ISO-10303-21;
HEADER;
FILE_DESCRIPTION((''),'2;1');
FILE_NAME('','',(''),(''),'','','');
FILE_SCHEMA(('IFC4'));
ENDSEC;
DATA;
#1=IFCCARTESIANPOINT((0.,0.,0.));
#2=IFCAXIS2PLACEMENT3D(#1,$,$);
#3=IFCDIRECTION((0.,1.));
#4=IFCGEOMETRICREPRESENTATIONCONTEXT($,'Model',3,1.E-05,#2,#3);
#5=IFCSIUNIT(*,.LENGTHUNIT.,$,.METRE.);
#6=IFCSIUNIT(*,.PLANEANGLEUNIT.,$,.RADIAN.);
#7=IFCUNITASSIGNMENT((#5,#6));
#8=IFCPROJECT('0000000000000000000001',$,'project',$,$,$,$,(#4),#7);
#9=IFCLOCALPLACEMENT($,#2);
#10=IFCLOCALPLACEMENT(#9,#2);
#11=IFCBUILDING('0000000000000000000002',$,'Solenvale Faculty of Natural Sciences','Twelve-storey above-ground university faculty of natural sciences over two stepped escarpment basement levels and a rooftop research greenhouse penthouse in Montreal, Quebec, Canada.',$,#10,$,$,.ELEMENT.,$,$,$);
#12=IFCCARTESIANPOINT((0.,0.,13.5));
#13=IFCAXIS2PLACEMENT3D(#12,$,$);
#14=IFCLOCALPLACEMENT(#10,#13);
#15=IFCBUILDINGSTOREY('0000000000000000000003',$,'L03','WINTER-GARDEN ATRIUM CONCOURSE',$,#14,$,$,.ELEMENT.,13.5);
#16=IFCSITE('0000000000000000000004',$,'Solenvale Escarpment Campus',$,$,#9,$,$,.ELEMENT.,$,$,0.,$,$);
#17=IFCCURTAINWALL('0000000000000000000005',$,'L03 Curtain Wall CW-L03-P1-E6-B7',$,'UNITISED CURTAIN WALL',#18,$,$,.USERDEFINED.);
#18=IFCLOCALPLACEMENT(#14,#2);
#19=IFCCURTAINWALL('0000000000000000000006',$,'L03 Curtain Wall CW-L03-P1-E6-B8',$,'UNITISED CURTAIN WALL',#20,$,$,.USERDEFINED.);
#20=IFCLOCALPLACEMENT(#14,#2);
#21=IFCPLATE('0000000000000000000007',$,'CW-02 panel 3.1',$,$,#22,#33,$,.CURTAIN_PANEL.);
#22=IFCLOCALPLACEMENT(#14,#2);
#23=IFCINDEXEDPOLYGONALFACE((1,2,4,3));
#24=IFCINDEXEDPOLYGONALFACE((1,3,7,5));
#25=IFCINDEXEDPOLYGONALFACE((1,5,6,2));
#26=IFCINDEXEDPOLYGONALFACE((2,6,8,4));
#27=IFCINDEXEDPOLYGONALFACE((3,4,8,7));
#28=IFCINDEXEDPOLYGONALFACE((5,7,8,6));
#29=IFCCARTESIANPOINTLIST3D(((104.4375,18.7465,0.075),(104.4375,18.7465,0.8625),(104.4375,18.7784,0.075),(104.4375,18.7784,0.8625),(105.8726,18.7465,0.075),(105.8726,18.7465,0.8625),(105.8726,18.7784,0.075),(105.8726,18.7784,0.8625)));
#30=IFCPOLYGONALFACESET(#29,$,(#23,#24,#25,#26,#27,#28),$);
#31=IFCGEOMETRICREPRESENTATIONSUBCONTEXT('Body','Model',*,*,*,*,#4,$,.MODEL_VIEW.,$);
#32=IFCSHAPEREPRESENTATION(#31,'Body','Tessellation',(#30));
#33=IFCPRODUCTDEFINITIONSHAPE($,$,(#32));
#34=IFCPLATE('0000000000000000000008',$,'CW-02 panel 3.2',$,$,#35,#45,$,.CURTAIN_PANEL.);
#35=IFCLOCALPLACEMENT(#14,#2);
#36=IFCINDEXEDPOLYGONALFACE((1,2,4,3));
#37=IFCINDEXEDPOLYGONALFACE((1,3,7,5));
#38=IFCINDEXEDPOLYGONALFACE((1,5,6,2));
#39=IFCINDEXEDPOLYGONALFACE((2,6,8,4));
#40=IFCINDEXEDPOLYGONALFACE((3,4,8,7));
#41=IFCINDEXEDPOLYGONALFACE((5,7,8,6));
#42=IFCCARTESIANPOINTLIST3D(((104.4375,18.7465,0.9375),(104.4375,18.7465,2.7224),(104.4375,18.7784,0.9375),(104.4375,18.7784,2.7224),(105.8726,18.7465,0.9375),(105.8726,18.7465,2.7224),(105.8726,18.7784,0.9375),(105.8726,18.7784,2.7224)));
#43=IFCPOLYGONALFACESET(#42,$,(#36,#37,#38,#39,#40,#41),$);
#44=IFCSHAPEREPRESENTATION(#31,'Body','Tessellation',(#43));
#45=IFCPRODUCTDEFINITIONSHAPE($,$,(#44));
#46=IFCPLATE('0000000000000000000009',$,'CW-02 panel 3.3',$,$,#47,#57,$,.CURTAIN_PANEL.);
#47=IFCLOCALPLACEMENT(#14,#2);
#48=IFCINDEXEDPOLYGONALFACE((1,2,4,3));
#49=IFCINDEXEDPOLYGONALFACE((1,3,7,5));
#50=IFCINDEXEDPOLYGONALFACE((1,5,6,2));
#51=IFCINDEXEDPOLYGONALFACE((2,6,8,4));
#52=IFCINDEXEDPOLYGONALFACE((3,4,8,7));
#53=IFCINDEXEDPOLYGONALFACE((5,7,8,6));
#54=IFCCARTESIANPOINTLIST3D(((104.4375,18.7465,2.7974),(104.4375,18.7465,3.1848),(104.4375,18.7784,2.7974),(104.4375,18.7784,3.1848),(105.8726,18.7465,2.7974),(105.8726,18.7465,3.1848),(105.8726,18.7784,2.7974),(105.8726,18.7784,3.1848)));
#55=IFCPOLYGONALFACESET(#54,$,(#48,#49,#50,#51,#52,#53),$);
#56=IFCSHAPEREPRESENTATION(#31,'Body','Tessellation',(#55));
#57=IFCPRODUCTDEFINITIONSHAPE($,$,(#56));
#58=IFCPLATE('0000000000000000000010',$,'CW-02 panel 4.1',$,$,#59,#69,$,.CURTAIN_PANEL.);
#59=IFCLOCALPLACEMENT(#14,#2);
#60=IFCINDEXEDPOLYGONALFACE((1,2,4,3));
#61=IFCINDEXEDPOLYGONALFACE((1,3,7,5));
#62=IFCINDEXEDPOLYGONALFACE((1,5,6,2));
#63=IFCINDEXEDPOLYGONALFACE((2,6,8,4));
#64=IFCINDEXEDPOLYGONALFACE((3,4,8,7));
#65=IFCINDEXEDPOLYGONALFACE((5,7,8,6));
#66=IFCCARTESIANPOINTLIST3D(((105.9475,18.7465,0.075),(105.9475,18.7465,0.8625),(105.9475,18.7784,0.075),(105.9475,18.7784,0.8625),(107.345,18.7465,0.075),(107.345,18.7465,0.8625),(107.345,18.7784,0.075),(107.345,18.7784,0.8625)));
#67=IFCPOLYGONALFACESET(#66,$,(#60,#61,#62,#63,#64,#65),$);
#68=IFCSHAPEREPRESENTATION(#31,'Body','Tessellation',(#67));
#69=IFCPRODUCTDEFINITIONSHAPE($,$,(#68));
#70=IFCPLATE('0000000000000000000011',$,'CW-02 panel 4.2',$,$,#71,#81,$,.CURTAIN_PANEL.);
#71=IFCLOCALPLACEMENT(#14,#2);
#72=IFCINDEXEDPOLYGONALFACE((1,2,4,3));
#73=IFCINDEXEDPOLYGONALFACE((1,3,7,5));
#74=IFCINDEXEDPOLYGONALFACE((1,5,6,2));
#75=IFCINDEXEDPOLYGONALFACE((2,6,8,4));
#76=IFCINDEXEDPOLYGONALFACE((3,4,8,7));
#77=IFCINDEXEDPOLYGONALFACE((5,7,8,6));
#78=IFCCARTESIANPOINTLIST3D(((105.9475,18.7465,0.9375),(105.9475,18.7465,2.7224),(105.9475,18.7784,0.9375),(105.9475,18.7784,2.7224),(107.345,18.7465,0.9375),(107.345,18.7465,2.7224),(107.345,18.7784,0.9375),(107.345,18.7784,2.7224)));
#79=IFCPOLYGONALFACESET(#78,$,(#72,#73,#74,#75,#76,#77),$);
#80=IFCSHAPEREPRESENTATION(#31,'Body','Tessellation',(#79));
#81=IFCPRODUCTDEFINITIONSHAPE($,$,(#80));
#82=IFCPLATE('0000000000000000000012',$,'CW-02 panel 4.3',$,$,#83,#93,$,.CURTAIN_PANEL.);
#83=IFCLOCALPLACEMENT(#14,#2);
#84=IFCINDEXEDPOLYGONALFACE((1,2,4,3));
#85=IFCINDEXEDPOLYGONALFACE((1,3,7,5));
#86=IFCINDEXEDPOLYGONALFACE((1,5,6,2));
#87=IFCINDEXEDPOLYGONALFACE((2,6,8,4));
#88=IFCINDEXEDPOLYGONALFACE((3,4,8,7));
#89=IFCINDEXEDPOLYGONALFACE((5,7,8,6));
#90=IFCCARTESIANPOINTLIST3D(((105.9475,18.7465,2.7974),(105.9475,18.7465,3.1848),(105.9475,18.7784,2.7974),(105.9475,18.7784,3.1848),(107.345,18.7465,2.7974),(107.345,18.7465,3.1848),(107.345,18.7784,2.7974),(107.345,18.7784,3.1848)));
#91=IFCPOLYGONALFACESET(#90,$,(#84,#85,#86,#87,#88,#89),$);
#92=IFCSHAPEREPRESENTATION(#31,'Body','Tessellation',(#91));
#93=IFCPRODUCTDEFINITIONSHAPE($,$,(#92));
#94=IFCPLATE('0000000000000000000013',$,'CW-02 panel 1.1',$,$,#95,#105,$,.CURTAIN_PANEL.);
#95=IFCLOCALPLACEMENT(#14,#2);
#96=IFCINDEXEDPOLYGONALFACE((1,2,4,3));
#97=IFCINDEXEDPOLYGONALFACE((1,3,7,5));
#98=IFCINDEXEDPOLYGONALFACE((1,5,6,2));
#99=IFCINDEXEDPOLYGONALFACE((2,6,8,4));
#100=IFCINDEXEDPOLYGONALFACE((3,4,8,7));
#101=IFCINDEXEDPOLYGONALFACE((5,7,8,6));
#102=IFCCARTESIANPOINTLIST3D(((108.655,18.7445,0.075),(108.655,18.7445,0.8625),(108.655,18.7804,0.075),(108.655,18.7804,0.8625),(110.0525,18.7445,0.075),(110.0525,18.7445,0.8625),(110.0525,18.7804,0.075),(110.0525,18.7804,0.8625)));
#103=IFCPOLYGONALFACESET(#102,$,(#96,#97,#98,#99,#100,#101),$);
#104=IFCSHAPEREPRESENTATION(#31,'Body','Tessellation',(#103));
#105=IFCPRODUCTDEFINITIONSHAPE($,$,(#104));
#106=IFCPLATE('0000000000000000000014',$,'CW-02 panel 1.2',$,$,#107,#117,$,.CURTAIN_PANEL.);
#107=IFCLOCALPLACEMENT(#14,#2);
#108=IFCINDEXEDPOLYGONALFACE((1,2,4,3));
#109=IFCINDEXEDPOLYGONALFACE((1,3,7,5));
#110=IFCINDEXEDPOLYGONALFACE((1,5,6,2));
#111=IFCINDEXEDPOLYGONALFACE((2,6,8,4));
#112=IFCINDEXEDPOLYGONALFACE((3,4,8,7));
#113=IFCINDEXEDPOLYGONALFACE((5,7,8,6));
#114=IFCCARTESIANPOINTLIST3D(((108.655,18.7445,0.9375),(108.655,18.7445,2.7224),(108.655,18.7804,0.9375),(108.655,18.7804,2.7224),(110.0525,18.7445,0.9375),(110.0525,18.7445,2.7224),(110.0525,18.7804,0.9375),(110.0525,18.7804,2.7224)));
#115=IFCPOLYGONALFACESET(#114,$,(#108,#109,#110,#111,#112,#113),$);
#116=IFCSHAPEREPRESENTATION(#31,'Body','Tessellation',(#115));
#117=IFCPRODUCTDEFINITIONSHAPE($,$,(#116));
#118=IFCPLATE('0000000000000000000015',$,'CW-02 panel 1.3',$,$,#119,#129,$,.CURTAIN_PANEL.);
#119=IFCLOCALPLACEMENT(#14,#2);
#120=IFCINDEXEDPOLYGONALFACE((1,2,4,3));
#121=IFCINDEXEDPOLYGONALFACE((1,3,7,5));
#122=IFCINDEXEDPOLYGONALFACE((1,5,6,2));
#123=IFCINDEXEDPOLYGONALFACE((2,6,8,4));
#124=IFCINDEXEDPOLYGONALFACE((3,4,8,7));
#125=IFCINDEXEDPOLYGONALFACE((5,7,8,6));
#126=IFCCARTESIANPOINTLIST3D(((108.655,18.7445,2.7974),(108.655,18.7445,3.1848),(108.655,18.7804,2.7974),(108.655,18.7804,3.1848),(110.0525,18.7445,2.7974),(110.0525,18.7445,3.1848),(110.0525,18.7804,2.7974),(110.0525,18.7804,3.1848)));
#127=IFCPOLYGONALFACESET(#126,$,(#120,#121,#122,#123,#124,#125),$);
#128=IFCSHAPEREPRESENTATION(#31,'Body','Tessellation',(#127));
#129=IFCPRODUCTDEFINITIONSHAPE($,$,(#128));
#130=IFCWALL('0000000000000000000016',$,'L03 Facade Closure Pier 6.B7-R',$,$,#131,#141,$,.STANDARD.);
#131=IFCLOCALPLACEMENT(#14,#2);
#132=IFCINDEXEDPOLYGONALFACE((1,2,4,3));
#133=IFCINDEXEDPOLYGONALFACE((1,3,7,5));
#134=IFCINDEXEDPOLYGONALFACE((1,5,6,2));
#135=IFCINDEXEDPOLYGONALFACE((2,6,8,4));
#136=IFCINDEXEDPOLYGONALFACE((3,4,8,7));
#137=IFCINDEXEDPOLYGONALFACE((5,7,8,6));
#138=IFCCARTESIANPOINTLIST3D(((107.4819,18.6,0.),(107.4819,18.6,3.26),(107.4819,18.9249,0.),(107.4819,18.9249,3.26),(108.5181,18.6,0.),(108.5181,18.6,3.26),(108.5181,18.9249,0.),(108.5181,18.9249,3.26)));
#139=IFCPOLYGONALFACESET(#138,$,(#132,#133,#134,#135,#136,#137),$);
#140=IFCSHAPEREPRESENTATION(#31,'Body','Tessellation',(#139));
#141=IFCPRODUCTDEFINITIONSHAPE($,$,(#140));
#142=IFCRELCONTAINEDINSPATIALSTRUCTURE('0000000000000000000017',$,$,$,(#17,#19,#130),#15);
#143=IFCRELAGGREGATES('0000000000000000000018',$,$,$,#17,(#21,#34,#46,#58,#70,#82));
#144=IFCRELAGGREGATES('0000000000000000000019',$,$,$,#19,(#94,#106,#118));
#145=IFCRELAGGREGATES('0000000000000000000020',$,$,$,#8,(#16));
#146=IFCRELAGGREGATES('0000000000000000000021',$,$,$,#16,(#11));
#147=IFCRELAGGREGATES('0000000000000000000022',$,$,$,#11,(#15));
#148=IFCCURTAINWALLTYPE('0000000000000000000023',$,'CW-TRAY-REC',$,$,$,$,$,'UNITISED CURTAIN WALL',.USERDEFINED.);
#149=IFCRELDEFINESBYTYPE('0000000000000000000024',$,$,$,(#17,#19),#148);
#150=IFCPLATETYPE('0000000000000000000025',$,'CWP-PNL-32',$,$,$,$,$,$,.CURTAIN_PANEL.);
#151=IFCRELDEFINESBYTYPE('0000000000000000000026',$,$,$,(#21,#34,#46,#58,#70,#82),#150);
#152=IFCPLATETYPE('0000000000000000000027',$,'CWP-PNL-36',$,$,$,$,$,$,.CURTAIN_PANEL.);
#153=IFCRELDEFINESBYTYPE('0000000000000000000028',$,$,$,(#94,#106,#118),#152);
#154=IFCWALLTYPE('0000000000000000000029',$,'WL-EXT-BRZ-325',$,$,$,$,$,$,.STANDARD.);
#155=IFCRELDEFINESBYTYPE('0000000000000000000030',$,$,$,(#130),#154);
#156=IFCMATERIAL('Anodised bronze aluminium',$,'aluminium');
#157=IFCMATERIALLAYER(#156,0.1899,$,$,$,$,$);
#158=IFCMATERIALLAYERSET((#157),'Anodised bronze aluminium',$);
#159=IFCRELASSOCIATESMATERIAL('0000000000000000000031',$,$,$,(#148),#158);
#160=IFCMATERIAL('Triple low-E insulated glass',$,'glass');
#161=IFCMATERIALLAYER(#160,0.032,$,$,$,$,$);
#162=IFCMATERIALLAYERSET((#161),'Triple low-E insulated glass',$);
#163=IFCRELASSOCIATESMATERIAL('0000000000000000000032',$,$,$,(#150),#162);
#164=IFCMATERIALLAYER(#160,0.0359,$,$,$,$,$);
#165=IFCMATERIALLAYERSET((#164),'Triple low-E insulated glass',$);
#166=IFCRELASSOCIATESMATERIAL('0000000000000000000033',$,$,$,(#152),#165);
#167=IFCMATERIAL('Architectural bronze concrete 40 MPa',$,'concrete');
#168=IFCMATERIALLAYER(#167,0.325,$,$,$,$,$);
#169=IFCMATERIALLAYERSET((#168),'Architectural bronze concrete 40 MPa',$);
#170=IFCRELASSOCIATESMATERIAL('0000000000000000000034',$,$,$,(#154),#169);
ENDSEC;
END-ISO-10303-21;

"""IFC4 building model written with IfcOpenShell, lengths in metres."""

from ifc_helpers import new_model, si_unit, direction, frame, frame_2d, origin, origin_2d, place, context, subcontext, project, spatial, rectangle, extrude, material, layer, layer_set, type_object, element, aggregate, save


model = new_model("IFC4")

# Units and contexts
model_context = context("Model", 3, precision=1e-05, world=origin(), true_north=direction((0.0, 1.0)))
body_context = subcontext(model_context, "Body", "Model", "MODEL_VIEW")
ifc_project = project(units=[si_unit("LENGTHUNIT", "METRE"), si_unit("PLANEANGLEUNIT", "RADIAN")], contexts=[model_context])

# Site, building, storey
site_placement = place(None, origin())
site = spatial("IfcSite", under=ifc_project, at=site_placement, Name="Solenvale Escarpment Campus", CompositionType="ELEMENT", RefElevation=0.0)
building_placement = place(site_placement, origin())
building = spatial("IfcBuilding", under=site, at=building_placement, Name="Solenvale Faculty of Natural Sciences", Description="Twelve-storey above-ground university faculty of natural sciences over two stepped escarpment basement levels and a rooftop research greenhouse penthouse in Montreal, Quebec, Canada.", CompositionType="ELEMENT")
storey_placement = place(building_placement, frame((0.0, 0.0, 13.5)))
storey = spatial("IfcBuildingStorey", under=building, at=storey_placement, Name="L03", Description="WINTER-GARDEN ATRIUM CONCOURSE", CompositionType="ELEMENT", Elevation=13.5)

# Shared definitions
ifc_material_1 = material(Name="Architectural bronze concrete 40 MPa", Category="concrete")

# Curtain wall
ifc_material_2 = material(Name="Anodised bronze aluminium", Category="aluminium")
ifc_layer_1 = layer(ifc_material_2, 0.1899)
ifc_layer_set_1 = layer_set([ifc_layer_1], Name="Anodised bronze aluminium")
curtain_wall_type = type_object("IfcCurtainWallType", Name="CW-TRAY-REC", ElementType="UNITISED CURTAIN WALL", PredefinedType="USERDEFINED", material=ifc_layer_set_1)
curtain_wall_1_placement = place(storey_placement, origin())
curtain_wall_1 = element("IfcCurtainWall", 1, at=curtain_wall_1_placement, inside=storey, type_object=curtain_wall_type, Name="L03 Curtain Wall CW-L03-P1-E6-B7", ObjectType="UNITISED CURTAIN WALL", PredefinedType="USERDEFINED")

# Curtain wall
curtain_wall_2_placement = place(storey_placement, origin())
curtain_wall_2 = element("IfcCurtainWall", 2, at=curtain_wall_2_placement, inside=storey, type_object=curtain_wall_type, Name="L03 Curtain Wall CW-L03-P1-E6-B8", ObjectType="UNITISED CURTAIN WALL", PredefinedType="USERDEFINED")

# Plates
ifc_material_3 = material(Name="Triple low-E insulated glass", Category="glass")
ifc_layer_2 = layer(ifc_material_3, 0.032)
ifc_layer_set_2 = layer_set([ifc_layer_2], Name="Triple low-E insulated glass")
plate_type_1 = type_object("IfcPlateType", Name="CWP-PNL-32", PredefinedType="CURTAIN_PANEL", material=ifc_layer_set_2)
plate_1_placement = place(storey_placement, frame((105.155, 18.7625, 0.075), z_axis=(0.0, 0.0, 1.0), x_axis=(1.0, 0.0, 0.0)))
plate_1 = element("IfcPlate", 3, at=plate_1_placement, type_object=plate_type_1, Name="CW-02 panel 3.1", PredefinedType="CURTAIN_PANEL", context=body_context, shape_type="SweptSolid", body=[
    extrude(rectangle(XDim=1.4351, YDim=0.032, at=origin_2d()), origin(), (0.0, 0.0, 1.0), 0.7876),
])
plate_2_placement = place(storey_placement, frame((105.155, 18.7625, 0.9375), z_axis=(0.0, 0.0, 1.0), x_axis=(1.0, 0.0, 0.0)))
plate_2 = element("IfcPlate", 4, at=plate_2_placement, type_object=plate_type_1, Name="CW-02 panel 3.2", PredefinedType="CURTAIN_PANEL", context=body_context, shape_type="SweptSolid", body=[
    extrude(rectangle(XDim=1.4351, YDim=0.032, at=origin_2d()), origin(), (0.0, 0.0, 1.0), 1.7849),
])
plate_3_placement = place(storey_placement, frame((105.155, 18.7625, 2.7974), z_axis=(0.0, 0.0, 1.0), x_axis=(1.0, 0.0, 0.0)))
plate_3 = element("IfcPlate", 5, at=plate_3_placement, type_object=plate_type_1, Name="CW-02 panel 3.3", PredefinedType="CURTAIN_PANEL", context=body_context, shape_type="SweptSolid", body=[
    extrude(rectangle(XDim=1.4351, YDim=0.032, at=origin_2d()), origin(), (0.0, 0.0, 1.0), 0.3875),
])
plate_4_placement = place(storey_placement, frame((106.6462, 18.7625, 0.075), z_axis=(0.0, 0.0, 1.0), x_axis=(1.0, 0.0, 0.0)))
plate_4 = element("IfcPlate", 6, at=plate_4_placement, type_object=plate_type_1, Name="CW-02 panel 4.1", PredefinedType="CURTAIN_PANEL", context=body_context, shape_type="SweptSolid", body=[
    extrude(rectangle(XDim=1.3975, YDim=0.032, at=origin_2d()), origin(), (0.0, 0.0, 1.0), 0.7876),
])
plate_5_placement = place(storey_placement, frame((106.6462, 18.7625, 0.9375), z_axis=(0.0, 0.0, 1.0), x_axis=(1.0, 0.0, 0.0)))
plate_5 = element("IfcPlate", 7, at=plate_5_placement, type_object=plate_type_1, Name="CW-02 panel 4.2", PredefinedType="CURTAIN_PANEL", context=body_context, shape_type="SweptSolid", body=[
    extrude(rectangle(XDim=1.3975, YDim=0.032, at=origin_2d()), origin(), (0.0, 0.0, 1.0), 1.7849),
])
plate_6_placement = place(storey_placement, frame((106.6462, 18.7625, 2.7974), z_axis=(0.0, 0.0, 1.0), x_axis=(1.0, 0.0, 0.0)))
plate_6 = element("IfcPlate", 8, at=plate_6_placement, type_object=plate_type_1, Name="CW-02 panel 4.3", PredefinedType="CURTAIN_PANEL", context=body_context, shape_type="SweptSolid", body=[
    extrude(rectangle(XDim=1.3975, YDim=0.032, at=origin_2d()), origin(), (0.0, 0.0, 1.0), 0.3875),
])
aggregate(curtain_wall_1, [plate_1, plate_2, plate_3, plate_4, plate_5, plate_6])
ifc_layer_3 = layer(ifc_material_3, 0.0359)
ifc_layer_set_3 = layer_set([ifc_layer_3], Name="Triple low-E insulated glass")
plate_type_2 = type_object("IfcPlateType", Name="CWP-PNL-36", PredefinedType="CURTAIN_PANEL", material=ifc_layer_set_3)
plate_7_placement = place(storey_placement, frame((109.3538, 18.7625, 0.075), z_axis=(0.0, 0.0, 1.0), x_axis=(1.0, 0.0, 0.0)))
plate_7 = element("IfcPlate", 9, at=plate_7_placement, type_object=plate_type_2, Name="CW-02 panel 1.1", PredefinedType="CURTAIN_PANEL", context=body_context, shape_type="SweptSolid", body=[
    extrude(rectangle(XDim=1.3975, YDim=0.0359, at=origin_2d()), origin(), (0.0, 0.0, 1.0), 0.7876),
])
plate_8_placement = place(storey_placement, frame((109.3538, 18.7625, 0.9375), z_axis=(0.0, 0.0, 1.0), x_axis=(1.0, 0.0, 0.0)))
plate_8 = element("IfcPlate", 10, at=plate_8_placement, type_object=plate_type_2, Name="CW-02 panel 1.2", PredefinedType="CURTAIN_PANEL", context=body_context, shape_type="SweptSolid", body=[
    extrude(rectangle(XDim=1.3975, YDim=0.0359, at=origin_2d()), origin(), (0.0, 0.0, 1.0), 1.7849),
])
plate_9_placement = place(storey_placement, frame((109.3538, 18.7625, 2.7974), z_axis=(0.0, 0.0, 1.0), x_axis=(1.0, 0.0, 0.0)))
plate_9 = element("IfcPlate", 11, at=plate_9_placement, type_object=plate_type_2, Name="CW-02 panel 1.3", PredefinedType="CURTAIN_PANEL", context=body_context, shape_type="SweptSolid", body=[
    extrude(rectangle(XDim=1.3975, YDim=0.0359, at=origin_2d()), origin(), (0.0, 0.0, 1.0), 0.3875),
])
aggregate(curtain_wall_2, [plate_7, plate_8, plate_9])

# Wall
ifc_layer_4 = layer(ifc_material_1, 0.325)
ifc_layer_set_4 = layer_set([ifc_layer_4], Name="Architectural bronze concrete 40 MPa")
wall_type = type_object("IfcWallType", Name="WL-EXT-BRZ-325", PredefinedType="STANDARD", material=ifc_layer_set_4)
wall_placement = place(storey_placement, frame((107.4819, 18.7625, 0.0), z_axis=(0.0, 0.0, 1.0), x_axis=(1.0, 0.0, 0.0)))
element("IfcWall", 12, at=wall_placement, inside=storey, type_object=wall_type, Name="L03 Facade Closure Pier 6.B7-R", PredefinedType="STANDARD", context=body_context, shape_type="SweptSolid", body=[
    extrude(rectangle(XDim=1.0361, YDim=0.325, at=frame_2d((0.5181, 0.0))), origin(), (0.0, 0.0, 1.0), 3.26),
])

save(model, "model.ifc")
